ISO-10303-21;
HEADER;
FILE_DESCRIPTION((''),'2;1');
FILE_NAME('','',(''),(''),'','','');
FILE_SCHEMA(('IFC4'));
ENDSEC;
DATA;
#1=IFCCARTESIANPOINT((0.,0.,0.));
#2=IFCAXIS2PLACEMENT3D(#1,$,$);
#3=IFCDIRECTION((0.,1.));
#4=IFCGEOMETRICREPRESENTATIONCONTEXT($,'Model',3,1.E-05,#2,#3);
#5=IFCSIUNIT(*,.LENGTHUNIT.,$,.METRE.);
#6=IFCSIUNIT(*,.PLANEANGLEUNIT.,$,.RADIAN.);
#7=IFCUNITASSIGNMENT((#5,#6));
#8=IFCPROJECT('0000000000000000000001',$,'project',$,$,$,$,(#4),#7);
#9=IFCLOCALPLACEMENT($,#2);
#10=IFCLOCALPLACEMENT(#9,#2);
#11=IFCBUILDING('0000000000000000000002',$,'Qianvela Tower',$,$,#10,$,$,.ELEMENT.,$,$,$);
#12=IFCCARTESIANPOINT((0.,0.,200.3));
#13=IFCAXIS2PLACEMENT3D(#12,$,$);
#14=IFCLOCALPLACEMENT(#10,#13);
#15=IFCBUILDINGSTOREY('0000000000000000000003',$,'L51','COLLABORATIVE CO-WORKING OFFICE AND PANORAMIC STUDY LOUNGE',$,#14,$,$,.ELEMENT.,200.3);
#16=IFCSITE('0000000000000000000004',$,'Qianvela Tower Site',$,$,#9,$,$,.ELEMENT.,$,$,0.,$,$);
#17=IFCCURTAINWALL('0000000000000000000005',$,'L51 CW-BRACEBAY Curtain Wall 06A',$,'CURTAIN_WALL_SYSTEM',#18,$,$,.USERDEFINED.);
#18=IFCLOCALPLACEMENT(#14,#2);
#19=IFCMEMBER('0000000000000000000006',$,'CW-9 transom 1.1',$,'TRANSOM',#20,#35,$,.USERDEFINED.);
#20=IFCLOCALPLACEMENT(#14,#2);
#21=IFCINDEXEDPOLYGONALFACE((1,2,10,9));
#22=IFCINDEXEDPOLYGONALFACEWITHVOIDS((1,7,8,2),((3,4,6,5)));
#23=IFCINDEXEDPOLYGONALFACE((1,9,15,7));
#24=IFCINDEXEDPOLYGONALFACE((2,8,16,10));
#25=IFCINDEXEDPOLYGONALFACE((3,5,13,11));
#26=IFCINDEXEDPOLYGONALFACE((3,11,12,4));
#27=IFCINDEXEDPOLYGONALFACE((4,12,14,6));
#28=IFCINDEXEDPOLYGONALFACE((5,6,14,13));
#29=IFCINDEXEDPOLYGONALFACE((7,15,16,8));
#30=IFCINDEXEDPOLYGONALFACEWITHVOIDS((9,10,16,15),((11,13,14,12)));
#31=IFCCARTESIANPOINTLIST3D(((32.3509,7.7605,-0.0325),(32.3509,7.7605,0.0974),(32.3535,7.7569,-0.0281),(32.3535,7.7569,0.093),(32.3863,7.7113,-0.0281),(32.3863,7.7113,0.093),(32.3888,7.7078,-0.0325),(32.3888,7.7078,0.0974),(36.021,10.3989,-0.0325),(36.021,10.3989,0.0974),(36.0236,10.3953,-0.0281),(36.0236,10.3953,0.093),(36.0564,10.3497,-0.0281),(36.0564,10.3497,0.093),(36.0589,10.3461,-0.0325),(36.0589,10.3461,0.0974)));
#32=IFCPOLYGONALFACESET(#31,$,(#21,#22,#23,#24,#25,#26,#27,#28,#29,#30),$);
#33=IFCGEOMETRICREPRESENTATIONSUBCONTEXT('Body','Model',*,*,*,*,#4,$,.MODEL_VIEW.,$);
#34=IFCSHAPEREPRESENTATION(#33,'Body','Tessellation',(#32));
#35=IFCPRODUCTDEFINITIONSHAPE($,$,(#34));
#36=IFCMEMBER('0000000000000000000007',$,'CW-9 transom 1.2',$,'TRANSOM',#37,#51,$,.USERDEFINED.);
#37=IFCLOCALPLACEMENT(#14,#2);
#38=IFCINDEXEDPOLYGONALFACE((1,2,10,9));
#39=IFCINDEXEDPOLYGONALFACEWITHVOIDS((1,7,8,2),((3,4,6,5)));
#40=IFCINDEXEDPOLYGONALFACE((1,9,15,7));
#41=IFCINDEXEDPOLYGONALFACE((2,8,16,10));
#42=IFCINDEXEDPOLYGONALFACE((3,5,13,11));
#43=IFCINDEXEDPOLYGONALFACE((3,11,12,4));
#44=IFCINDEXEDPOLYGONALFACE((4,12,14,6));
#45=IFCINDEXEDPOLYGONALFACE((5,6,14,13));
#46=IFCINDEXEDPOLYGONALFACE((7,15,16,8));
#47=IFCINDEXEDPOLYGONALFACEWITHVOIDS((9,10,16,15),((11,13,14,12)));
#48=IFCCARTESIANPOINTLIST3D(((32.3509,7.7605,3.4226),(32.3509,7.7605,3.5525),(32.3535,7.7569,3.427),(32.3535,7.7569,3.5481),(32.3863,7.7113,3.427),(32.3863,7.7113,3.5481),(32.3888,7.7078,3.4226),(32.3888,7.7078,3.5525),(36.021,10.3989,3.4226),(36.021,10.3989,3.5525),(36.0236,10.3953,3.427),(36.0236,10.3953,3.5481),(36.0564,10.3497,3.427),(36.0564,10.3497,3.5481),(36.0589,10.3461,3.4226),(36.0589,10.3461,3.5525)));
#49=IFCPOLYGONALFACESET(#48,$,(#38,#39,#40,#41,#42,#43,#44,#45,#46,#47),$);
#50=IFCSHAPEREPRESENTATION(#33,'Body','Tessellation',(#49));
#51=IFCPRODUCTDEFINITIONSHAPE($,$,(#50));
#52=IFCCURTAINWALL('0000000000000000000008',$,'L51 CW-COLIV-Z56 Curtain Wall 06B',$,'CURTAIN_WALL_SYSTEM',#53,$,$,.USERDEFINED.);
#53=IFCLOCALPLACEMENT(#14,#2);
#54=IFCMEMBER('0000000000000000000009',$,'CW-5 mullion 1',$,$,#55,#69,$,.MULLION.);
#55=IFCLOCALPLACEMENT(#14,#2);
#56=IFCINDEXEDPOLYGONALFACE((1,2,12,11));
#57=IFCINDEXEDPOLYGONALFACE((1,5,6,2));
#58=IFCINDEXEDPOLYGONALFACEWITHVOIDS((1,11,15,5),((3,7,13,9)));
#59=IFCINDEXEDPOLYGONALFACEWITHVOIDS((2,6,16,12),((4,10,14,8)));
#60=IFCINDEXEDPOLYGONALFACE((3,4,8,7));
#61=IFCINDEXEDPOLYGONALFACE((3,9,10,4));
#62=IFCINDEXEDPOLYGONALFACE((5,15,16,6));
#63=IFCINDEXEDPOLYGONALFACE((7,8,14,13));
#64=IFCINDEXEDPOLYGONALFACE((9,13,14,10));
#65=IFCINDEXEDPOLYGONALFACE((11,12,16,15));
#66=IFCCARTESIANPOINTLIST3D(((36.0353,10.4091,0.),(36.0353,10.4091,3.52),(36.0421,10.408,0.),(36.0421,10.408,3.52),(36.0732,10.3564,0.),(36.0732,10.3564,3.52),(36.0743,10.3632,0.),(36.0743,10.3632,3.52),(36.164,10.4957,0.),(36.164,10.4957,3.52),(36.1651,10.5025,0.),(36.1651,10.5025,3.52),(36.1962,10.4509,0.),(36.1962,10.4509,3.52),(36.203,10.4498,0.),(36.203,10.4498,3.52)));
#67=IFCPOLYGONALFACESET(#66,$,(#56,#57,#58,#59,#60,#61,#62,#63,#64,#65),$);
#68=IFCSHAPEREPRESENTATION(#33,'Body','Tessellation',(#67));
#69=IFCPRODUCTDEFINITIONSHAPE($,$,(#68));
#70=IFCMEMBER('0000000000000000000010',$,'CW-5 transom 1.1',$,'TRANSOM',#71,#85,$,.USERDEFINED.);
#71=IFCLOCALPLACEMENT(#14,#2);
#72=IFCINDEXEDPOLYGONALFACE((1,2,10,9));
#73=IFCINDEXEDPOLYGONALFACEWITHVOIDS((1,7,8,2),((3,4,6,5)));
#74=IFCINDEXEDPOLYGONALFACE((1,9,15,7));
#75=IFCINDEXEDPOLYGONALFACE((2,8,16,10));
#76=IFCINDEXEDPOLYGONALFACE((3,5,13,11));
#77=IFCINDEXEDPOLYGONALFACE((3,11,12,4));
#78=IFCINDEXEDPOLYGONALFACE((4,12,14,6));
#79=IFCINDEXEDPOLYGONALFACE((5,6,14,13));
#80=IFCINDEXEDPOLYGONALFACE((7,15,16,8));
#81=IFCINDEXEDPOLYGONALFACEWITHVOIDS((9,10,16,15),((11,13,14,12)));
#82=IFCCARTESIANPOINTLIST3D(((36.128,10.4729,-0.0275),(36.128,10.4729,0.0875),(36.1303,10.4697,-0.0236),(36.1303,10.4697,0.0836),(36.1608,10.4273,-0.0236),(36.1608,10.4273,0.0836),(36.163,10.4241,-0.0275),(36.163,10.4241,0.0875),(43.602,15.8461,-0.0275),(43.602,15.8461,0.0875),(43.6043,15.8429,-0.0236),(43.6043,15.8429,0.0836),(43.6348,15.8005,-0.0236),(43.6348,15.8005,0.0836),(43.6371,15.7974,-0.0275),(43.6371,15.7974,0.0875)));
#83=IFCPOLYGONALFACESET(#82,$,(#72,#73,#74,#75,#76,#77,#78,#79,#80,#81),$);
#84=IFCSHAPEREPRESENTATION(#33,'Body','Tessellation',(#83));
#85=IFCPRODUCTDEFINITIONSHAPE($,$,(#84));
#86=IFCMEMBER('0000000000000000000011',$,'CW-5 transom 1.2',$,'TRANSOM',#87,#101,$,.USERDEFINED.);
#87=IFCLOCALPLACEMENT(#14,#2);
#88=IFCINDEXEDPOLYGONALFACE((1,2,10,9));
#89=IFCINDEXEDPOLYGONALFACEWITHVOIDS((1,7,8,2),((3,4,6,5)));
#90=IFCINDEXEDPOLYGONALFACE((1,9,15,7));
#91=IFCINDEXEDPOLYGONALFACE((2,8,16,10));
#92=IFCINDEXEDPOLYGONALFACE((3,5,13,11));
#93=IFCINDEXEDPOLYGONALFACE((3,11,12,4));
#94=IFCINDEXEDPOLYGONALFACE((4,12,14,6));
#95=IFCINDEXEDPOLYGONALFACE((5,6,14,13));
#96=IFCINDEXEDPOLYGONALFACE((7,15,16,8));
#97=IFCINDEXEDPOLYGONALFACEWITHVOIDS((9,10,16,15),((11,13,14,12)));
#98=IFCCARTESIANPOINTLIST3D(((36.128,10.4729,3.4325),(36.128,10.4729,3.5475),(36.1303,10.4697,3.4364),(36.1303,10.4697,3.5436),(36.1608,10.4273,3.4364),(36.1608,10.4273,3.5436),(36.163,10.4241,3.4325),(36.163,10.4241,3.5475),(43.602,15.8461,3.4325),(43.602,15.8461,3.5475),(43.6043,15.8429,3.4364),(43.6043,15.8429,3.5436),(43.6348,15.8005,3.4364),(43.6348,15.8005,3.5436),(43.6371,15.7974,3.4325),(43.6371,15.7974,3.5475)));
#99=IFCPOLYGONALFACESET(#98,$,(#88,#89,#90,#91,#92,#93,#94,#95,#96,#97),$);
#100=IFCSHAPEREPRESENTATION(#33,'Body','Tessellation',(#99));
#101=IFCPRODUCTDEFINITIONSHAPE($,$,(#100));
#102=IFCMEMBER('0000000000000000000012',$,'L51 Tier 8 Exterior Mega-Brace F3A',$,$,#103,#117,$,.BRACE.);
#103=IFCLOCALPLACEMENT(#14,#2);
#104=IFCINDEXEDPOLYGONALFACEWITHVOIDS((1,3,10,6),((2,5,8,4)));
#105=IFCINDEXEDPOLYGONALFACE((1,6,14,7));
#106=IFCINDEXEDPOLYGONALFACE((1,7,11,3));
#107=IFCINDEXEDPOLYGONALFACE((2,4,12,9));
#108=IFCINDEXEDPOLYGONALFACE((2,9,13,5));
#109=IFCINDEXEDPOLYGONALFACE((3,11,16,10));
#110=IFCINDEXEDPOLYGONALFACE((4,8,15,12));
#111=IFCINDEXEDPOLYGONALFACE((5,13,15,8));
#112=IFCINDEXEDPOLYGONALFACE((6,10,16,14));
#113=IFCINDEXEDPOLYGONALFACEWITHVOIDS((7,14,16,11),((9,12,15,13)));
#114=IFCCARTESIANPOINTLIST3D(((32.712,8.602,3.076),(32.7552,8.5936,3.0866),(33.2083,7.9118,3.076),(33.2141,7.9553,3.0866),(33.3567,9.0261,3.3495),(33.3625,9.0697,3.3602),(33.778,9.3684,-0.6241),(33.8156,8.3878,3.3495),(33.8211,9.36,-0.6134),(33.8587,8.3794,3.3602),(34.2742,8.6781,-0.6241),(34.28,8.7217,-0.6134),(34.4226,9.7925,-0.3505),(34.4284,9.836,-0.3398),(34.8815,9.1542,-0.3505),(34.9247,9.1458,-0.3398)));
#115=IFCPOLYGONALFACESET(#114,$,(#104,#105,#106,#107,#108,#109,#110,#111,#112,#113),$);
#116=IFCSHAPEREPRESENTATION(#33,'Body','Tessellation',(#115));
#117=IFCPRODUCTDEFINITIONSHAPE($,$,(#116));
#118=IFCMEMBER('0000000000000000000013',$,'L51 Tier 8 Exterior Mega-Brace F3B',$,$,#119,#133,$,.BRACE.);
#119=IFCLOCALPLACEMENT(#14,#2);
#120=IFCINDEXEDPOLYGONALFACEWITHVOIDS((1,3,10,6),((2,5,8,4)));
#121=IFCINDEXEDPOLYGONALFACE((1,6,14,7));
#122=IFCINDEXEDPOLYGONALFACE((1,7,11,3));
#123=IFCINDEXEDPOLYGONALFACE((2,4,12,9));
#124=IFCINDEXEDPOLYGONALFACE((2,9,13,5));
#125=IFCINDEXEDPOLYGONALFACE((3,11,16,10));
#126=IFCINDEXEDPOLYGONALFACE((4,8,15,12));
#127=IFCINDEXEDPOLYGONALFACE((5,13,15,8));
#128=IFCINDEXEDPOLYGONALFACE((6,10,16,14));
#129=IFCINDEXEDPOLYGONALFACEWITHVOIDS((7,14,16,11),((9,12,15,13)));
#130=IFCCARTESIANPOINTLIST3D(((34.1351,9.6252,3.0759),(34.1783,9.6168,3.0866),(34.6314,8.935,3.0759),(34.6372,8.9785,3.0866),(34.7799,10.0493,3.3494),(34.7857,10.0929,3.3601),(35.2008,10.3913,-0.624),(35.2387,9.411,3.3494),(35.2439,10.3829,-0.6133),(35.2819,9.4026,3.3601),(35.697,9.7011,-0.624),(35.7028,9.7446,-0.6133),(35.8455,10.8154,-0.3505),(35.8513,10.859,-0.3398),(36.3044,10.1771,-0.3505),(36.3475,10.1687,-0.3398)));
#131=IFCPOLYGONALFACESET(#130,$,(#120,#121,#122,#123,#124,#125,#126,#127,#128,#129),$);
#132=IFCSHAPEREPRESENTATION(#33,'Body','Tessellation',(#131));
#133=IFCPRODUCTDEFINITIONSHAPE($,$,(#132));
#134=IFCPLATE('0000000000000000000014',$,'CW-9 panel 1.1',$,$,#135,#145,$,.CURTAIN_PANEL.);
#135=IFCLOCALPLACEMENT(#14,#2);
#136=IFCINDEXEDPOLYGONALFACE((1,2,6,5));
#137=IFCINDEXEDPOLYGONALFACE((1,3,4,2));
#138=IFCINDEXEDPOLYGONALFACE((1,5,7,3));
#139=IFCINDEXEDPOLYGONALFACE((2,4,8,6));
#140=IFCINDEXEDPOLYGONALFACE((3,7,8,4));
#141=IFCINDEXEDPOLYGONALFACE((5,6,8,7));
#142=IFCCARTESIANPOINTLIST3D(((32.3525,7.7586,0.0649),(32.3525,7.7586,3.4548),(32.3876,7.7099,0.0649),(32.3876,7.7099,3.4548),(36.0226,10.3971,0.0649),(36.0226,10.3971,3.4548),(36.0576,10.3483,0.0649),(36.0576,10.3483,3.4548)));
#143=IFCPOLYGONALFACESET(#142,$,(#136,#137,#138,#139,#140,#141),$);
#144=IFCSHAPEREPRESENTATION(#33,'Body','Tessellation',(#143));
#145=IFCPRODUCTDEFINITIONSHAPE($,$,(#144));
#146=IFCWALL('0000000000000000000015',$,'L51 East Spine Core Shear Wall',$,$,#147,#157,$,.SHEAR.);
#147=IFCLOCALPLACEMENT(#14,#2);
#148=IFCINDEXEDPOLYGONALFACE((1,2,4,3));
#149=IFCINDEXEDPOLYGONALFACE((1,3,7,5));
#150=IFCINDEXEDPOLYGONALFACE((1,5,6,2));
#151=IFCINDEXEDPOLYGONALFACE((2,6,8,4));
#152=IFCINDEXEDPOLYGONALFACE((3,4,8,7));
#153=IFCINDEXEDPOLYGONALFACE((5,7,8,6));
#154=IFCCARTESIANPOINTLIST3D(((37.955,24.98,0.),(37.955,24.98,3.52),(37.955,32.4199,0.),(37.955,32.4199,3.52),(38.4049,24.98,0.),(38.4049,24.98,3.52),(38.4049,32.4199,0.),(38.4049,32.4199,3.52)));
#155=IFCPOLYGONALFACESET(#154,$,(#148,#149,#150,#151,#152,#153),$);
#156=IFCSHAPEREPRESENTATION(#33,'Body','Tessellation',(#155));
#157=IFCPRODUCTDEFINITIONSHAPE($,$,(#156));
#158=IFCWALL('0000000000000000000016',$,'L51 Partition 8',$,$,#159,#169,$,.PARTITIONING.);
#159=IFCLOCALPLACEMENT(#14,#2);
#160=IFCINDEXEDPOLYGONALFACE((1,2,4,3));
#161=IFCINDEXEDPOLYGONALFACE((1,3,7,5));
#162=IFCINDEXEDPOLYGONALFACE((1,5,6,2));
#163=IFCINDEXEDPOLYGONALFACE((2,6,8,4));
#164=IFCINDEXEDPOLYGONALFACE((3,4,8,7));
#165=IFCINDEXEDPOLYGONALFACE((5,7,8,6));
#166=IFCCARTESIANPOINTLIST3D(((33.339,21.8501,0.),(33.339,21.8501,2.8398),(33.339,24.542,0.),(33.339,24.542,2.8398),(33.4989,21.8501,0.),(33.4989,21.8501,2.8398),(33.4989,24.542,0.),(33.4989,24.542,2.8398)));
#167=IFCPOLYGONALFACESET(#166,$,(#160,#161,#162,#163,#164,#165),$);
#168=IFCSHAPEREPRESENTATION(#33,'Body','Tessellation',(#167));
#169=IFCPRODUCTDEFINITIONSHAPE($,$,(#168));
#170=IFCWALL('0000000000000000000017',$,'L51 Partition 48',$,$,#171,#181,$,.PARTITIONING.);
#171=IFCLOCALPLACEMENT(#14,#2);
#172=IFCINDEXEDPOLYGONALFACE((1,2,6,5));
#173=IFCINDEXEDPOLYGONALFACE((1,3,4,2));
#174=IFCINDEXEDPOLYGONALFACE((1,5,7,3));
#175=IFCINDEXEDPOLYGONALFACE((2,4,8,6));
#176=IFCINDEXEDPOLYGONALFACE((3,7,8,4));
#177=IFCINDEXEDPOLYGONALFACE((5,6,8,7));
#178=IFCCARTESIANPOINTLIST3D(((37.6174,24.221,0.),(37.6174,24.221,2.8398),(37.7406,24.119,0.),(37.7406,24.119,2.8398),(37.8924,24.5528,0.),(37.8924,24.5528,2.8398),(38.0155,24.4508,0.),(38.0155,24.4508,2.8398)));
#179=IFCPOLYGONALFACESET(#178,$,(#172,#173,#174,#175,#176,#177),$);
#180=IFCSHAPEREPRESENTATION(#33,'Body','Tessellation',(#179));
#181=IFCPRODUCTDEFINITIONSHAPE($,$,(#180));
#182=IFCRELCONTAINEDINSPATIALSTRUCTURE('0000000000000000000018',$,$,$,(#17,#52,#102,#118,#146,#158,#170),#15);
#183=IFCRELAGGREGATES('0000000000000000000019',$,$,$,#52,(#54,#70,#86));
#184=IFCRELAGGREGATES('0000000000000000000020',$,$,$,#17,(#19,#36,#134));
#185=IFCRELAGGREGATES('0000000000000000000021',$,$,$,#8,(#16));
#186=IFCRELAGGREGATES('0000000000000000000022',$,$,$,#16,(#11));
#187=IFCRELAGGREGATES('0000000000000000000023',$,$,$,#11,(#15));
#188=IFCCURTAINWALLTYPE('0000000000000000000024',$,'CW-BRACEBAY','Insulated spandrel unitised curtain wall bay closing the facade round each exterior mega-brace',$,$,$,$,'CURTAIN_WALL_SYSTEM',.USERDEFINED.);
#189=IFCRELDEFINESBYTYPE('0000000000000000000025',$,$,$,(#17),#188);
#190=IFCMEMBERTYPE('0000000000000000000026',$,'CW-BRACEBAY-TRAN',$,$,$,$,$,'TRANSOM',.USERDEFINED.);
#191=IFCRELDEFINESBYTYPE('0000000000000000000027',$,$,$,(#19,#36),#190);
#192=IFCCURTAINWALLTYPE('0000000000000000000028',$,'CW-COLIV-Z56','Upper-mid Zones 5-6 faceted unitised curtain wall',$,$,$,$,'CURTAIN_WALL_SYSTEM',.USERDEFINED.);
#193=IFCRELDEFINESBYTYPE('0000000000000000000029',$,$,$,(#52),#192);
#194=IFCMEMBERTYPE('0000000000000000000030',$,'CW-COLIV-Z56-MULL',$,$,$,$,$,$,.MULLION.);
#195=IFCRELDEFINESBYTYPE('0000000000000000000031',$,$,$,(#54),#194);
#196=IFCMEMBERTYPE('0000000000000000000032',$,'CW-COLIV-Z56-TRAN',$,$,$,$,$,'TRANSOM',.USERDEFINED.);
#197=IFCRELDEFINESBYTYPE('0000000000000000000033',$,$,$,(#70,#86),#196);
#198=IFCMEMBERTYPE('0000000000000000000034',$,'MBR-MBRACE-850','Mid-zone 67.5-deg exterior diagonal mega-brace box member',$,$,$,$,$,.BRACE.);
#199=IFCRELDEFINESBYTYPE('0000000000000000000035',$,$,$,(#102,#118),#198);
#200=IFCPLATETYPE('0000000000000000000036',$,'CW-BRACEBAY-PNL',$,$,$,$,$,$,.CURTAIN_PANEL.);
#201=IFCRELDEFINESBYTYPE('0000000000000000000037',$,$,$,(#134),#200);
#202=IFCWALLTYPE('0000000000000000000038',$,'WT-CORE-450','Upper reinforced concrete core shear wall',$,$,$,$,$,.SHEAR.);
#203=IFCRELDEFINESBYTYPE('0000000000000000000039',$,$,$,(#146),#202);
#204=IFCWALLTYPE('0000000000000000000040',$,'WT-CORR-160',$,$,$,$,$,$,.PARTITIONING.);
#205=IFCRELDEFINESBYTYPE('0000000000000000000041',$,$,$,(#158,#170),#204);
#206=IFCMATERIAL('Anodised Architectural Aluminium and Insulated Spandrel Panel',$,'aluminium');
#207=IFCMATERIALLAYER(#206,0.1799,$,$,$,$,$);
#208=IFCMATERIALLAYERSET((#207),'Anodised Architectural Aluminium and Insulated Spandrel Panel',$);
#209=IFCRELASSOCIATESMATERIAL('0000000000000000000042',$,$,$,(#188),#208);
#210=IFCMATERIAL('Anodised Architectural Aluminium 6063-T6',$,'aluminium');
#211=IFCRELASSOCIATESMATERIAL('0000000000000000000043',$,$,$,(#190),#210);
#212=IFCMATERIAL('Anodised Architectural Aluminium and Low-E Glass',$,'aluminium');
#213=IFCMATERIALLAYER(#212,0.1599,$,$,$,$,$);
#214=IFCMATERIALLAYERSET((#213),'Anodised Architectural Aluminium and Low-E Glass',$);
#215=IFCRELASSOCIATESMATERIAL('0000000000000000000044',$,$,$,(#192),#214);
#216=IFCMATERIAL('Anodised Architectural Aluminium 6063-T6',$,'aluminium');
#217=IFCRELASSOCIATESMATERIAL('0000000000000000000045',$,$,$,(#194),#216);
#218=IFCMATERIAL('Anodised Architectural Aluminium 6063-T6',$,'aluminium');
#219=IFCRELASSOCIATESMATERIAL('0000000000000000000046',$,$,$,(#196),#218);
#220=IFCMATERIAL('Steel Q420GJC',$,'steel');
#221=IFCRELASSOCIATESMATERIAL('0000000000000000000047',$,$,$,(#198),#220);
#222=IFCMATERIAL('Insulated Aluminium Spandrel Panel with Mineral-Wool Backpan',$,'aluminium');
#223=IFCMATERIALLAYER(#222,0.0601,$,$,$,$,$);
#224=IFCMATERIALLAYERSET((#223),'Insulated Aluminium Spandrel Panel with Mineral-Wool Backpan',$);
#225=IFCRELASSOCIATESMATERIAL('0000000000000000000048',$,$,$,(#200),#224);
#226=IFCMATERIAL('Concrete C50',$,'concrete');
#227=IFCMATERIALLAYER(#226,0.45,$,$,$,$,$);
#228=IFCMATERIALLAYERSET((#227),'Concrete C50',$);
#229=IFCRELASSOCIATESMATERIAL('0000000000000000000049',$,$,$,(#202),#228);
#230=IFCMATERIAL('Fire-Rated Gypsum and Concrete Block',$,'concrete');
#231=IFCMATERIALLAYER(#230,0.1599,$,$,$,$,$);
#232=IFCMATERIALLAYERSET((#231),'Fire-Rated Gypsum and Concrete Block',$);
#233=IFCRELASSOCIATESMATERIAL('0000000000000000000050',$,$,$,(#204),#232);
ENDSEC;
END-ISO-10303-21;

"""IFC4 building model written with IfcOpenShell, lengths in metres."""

from ifc_helpers import new_model, si_unit, direction, frame, frame_2d, origin, origin_2d, place, context, subcontext, project, spatial, rectangle, hollow_rectangle, extrude, material, layer, layer_set, material_profile, profile_set, type_object, element, aggregate, save


model = new_model("IFC4")

# Units and contexts
model_context = context("Model", 3, precision=1e-05, world=origin(), true_north=direction((0.0, 1.0)))
body_context = subcontext(model_context, "Body", "Model", "MODEL_VIEW")
ifc_project = project(units=[si_unit("LENGTHUNIT", "METRE"), si_unit("PLANEANGLEUNIT", "RADIAN")], contexts=[model_context])

# Site, building, storey
site_placement = place(None, origin())
site = spatial("IfcSite", under=ifc_project, at=site_placement, Name="Qianvela Tower Site", CompositionType="ELEMENT", RefElevation=0.0)
building_placement = place(site_placement, origin())
building = spatial("IfcBuilding", under=site, at=building_placement, Name="Qianvela Tower", CompositionType="ELEMENT")
storey_placement = place(building_placement, frame((0.0, 0.0, 200.3)))
storey = spatial("IfcBuildingStorey", under=building, at=storey_placement, Name="L51", Description="COLLABORATIVE CO-WORKING OFFICE AND PANORAMIC STUDY LOUNGE", CompositionType="ELEMENT", Elevation=200.3)

# Curtain walls, members
ifc_material_1 = material(Name="Anodised Architectural Aluminium and Insulated Spandrel Panel", Category="aluminium")
ifc_layer_1 = layer(ifc_material_1, 0.1799)
ifc_layer_set_1 = layer_set([ifc_layer_1], Name="Anodised Architectural Aluminium and Insulated Spandrel Panel")
curtain_wall_type_1 = type_object("IfcCurtainWallType", Name="CW-BRACEBAY", Description="Insulated spandrel unitised curtain wall bay closing the facade round each exterior mega-brace", ElementType="CURTAIN_WALL_SYSTEM", PredefinedType="USERDEFINED", material=ifc_layer_set_1)
curtain_wall_1_placement = place(storey_placement, origin())
curtain_wall_1 = element("IfcCurtainWall", 1, at=curtain_wall_1_placement, inside=storey, type_object=curtain_wall_type_1, Name="L51 CW-BRACEBAY Curtain Wall 06A", ObjectType="CURTAIN_WALL_SYSTEM", PredefinedType="USERDEFINED")
ifc_material_2 = material(Name="Anodised Architectural Aluminium 6063-T6", Category="aluminium")
ifc_material_profile_1 = material_profile(ifc_material_2, hollow_rectangle(XDim=0.0649, YDim=0.1299, WallThickness=0.0044, at=origin_2d()), Name="ALU-TRAN-65x130")
ifc_profile_set_1 = profile_set([ifc_material_profile_1], Name="Anodised Architectural Aluminium 6063-T6")
member_type_1 = type_object("IfcMemberType", Name="CW-BRACEBAY-TRAN", ElementType="TRANSOM", PredefinedType="USERDEFINED", material=ifc_profile_set_1)
member_1_placement = place(storey_placement, frame((32.3699, 7.7341, 0.0325), z_axis=(0.811963, 0.583708, 0.0), x_axis=(-0.583708, 0.811963, 0.0)))
member_1 = element("IfcMember", 2, at=member_1_placement, type_object=member_type_1, Name="CW-9 transom 1.1", ObjectType="TRANSOM", PredefinedType="USERDEFINED", context=body_context, shape_type="SweptSolid", body=[
    extrude(hollow_rectangle(XDim=0.0649, YDim=0.1299, WallThickness=0.0044, at=origin_2d()), origin(), (0.0, 0.0, 1.0), 4.52),
])
member_2_placement = place(storey_placement, frame((32.3699, 7.7341, 3.4875), z_axis=(0.811963, 0.583708, 0.0), x_axis=(-0.583708, 0.811963, 0.0)))
member_2 = element("IfcMember", 3, at=member_2_placement, type_object=member_type_1, Name="CW-9 transom 1.2", ObjectType="TRANSOM", PredefinedType="USERDEFINED", context=body_context, shape_type="SweptSolid", body=[
    extrude(hollow_rectangle(XDim=0.0649, YDim=0.1299, WallThickness=0.0044, at=origin_2d()), origin(), (0.0, 0.0, 1.0), 4.52),
])
ifc_material_3 = material(Name="Anodised Architectural Aluminium and Low-E Glass", Category="aluminium")
ifc_layer_2 = layer(ifc_material_3, 0.1599)
ifc_layer_set_2 = layer_set([ifc_layer_2], Name="Anodised Architectural Aluminium and Low-E Glass")
curtain_wall_type_2 = type_object("IfcCurtainWallType", Name="CW-COLIV-Z56", Description="Upper-mid Zones 5-6 faceted unitised curtain wall", ElementType="CURTAIN_WALL_SYSTEM", PredefinedType="USERDEFINED", material=ifc_layer_set_2)
curtain_wall_2_placement = place(storey_placement, origin())
curtain_wall_2 = element("IfcCurtainWall", 4, at=curtain_wall_2_placement, inside=storey, type_object=curtain_wall_type_2, Name="L51 CW-COLIV-Z56 Curtain Wall 06B", ObjectType="CURTAIN_WALL_SYSTEM", PredefinedType="USERDEFINED")
ifc_material_4 = material(Name="Anodised Architectural Aluminium 6063-T6", Category="aluminium")
ifc_material_profile_2 = material_profile(ifc_material_4, hollow_rectangle(XDim=0.0649, YDim=0.1599, WallThickness=0.0049, at=origin_2d()), Name="ALU-MULL-65x160")
ifc_profile_set_2 = profile_set([ifc_material_profile_2], Name="Anodised Architectural Aluminium 6063-T6")
member_type_2 = type_object("IfcMemberType", Name="CW-COLIV-Z56-MULL", PredefinedType="MULLION", material=ifc_profile_set_2)
member_3_placement = place(storey_placement, frame((36.1191, 10.4294, 0.0), z_axis=(0.0, 0.0, 1.0), x_axis=(-0.583724, 0.811952, 0.0)))
member_3 = element("IfcMember", 5, at=member_3_placement, type_object=member_type_2, Name="CW-5 mullion 1", PredefinedType="MULLION", context=body_context, shape_type="SweptSolid", body=[
    extrude(hollow_rectangle(XDim=0.0649, YDim=0.1599, WallThickness=0.0049, at=origin_2d()), origin(), (0.0, 0.0, 1.0), 3.52),
])
ifc_material_5 = material(Name="Anodised Architectural Aluminium 6063-T6", Category="aluminium")
ifc_material_profile_3 = material_profile(ifc_material_5, hollow_rectangle(XDim=0.0601, YDim=0.115, WallThickness=0.0039, at=origin_2d()), Name="ALU-TRAN-60x115")
ifc_profile_set_3 = profile_set([ifc_material_profile_3], Name="Anodised Architectural Aluminium 6063-T6")
member_type_3 = type_object("IfcMemberType", Name="CW-COLIV-Z56-TRAN", ElementType="TRANSOM", PredefinedType="USERDEFINED", material=ifc_profile_set_3)
member_4_placement = place(storey_placement, frame((36.1455, 10.4485, 0.03), z_axis=(0.81195, 0.583727, 0.0), x_axis=(-0.583727, 0.81195, 0.0)))
member_4 = element("IfcMember", 6, at=member_4_placement, type_object=member_type_3, Name="CW-5 transom 1.1", ObjectType="TRANSOM", PredefinedType="USERDEFINED", context=body_context, shape_type="SweptSolid", body=[
    extrude(hollow_rectangle(XDim=0.0601, YDim=0.115, WallThickness=0.0039, at=origin_2d()), origin(), (0.0, 0.0, 1.0), 9.2051),
])
member_5_placement = place(storey_placement, frame((36.1455, 10.4485, 3.49), z_axis=(0.81195, 0.583727, 0.0), x_axis=(-0.583727, 0.81195, 0.0)))
member_5 = element("IfcMember", 7, at=member_5_placement, type_object=member_type_3, Name="CW-5 transom 1.2", ObjectType="TRANSOM", PredefinedType="USERDEFINED", context=body_context, shape_type="SweptSolid", body=[
    extrude(hollow_rectangle(XDim=0.0601, YDim=0.115, WallThickness=0.0039, at=origin_2d()), origin(), (0.0, 0.0, 1.0), 9.2051),
])
aggregate(curtain_wall_2, [member_3, member_4, member_5])

# Members
ifc_material_6 = material(Name="Steel Q420GJC", Category="steel")
ifc_material_profile_4 = material_profile(ifc_material_6, hollow_rectangle(XDim=0.8501, YDim=0.8501, WallThickness=0.032, at=origin_2d()), Name="MBOX-850x850x32")
ifc_profile_set_4 = profile_set([ifc_material_profile_4], Name="Steel Q420GJC")
member_type_4 = type_object("IfcMemberType", Name="MBR-MBRACE-850", Description="Mid-zone 67.5-deg exterior diagonal mega-brace box member", PredefinedType="BRACE", material=ifc_profile_set_4)
member_6_placement = place(storey_placement, frame((34.3513, 9.2571, -0.4819), z_axis=(-0.271505, -0.195203, 0.942433), x_axis=(0.583751, -0.811933, 0.0)))
element("IfcMember", 8, at=member_6_placement, inside=storey, type_object=member_type_4, Name="L51 Tier 8 Exterior Mega-Brace F3A", PredefinedType="BRACE", context=body_context, shape_type="SweptSolid", body=[
    extrude(hollow_rectangle(XDim=0.8501, YDim=0.8501, WallThickness=0.032, at=origin_2d()), origin(), (0.0, 0.0, 1.0), 3.926),
])
member_7_placement = place(storey_placement, frame((35.7742, 10.28, -0.4819), z_axis=(-0.271451, -0.195146, 0.942461), x_axis=(0.583717, -0.811958, 0.0)))
element("IfcMember", 9, at=member_7_placement, inside=storey, type_object=member_type_4, Name="L51 Tier 8 Exterior Mega-Brace F3B", PredefinedType="BRACE", context=body_context, shape_type="SweptSolid", body=[
    extrude(hollow_rectangle(XDim=0.8501, YDim=0.8501, WallThickness=0.032, at=origin_2d()), origin(), (0.0, 0.0, 1.0), 3.9258),
])

# Plate
ifc_material_7 = material(Name="Insulated Aluminium Spandrel Panel with Mineral-Wool Backpan", Category="aluminium")
ifc_layer_3 = layer(ifc_material_7, 0.0601)
ifc_layer_set_3 = layer_set([ifc_layer_3], Name="Insulated Aluminium Spandrel Panel with Mineral-Wool Backpan")
plate_type = type_object("IfcPlateType", Name="CW-BRACEBAY-PNL", PredefinedType="CURTAIN_PANEL", material=ifc_layer_set_3)
plate_placement = place(storey_placement, frame((34.2051, 9.0535, 0.0649), z_axis=(0.0, 0.0, 1.0), x_axis=(0.811955, 0.583719, 0.0)))
plate = element("IfcPlate", 10, at=plate_placement, type_object=plate_type, Name="CW-9 panel 1.1", PredefinedType="CURTAIN_PANEL", context=body_context, shape_type="SweptSolid", body=[
    extrude(rectangle(XDim=4.52, YDim=0.0601, at=origin_2d()), origin(), (0.0, 0.0, 1.0), 3.3899),
])
aggregate(curtain_wall_1, [member_1, member_2, plate])

# Wall
ifc_material_8 = material(Name="Concrete C50", Category="concrete")
ifc_layer_4 = layer(ifc_material_8, 0.45)
ifc_layer_set_4 = layer_set([ifc_layer_4], Name="Concrete C50")
wall_type_1 = type_object("IfcWallType", Name="WT-CORE-450", Description="Upper reinforced concrete core shear wall", PredefinedType="SHEAR", material=ifc_layer_set_4)
wall_1_placement = place(storey_placement, frame((38.1799, 24.98, 0.0), z_axis=(0.0, 0.0, 1.0), x_axis=(0.0, 1.0, 0.0)))
element("IfcWall", 11, at=wall_1_placement, inside=storey, type_object=wall_type_1, Name="L51 East Spine Core Shear Wall", PredefinedType="SHEAR", context=body_context, shape_type="SweptSolid", body=[
    extrude(rectangle(XDim=7.4399, YDim=0.45, at=frame_2d((3.72, 0.0))), origin(), (0.0, 0.0, 1.0), 3.52),
])

# Shared definitions
ifc_material_9 = material(Name="Fire-Rated Gypsum and Concrete Block", Category="concrete")
ifc_layer_5 = layer(ifc_material_9, 0.1599)
ifc_layer_set_5 = layer_set([ifc_layer_5], Name="Fire-Rated Gypsum and Concrete Block")
wall_type_2 = type_object("IfcWallType", Name="WT-CORR-160", PredefinedType="PARTITIONING", material=ifc_layer_set_5)

# Walls
wall_2_placement = place(storey_placement, frame((33.4189, 24.542, 0.0), z_axis=(0.0, 0.0, 1.0), x_axis=(0.0, -1.0, 0.0)))
element("IfcWall", 12, at=wall_2_placement, inside=storey, type_object=wall_type_2, Name="L51 Partition 8", PredefinedType="PARTITIONING", context=body_context, shape_type="SweptSolid", body=[
    extrude(rectangle(XDim=2.6919, YDim=0.1599, at=frame_2d((1.3459, 0.0))), origin(), (0.0, 0.0, 1.0), 2.8398),
])
wall_3_placement = place(storey_placement, frame((37.9539, 24.5017, 0.0), z_axis=(0.0, 0.0, 1.0), x_axis=(-0.638008, -0.77003, 0.0)))
element("IfcWall", 13, at=wall_3_placement, inside=storey, type_object=wall_type_2, Name="L51 Partition 48", PredefinedType="PARTITIONING", context=body_context, shape_type="SweptSolid", body=[
    extrude(rectangle(XDim=0.4309, YDim=0.1599, at=frame_2d((0.2153, 0.0))), origin(), (0.0, 0.0, 1.0), 2.8398),
])

save(model, "model.ifc")
